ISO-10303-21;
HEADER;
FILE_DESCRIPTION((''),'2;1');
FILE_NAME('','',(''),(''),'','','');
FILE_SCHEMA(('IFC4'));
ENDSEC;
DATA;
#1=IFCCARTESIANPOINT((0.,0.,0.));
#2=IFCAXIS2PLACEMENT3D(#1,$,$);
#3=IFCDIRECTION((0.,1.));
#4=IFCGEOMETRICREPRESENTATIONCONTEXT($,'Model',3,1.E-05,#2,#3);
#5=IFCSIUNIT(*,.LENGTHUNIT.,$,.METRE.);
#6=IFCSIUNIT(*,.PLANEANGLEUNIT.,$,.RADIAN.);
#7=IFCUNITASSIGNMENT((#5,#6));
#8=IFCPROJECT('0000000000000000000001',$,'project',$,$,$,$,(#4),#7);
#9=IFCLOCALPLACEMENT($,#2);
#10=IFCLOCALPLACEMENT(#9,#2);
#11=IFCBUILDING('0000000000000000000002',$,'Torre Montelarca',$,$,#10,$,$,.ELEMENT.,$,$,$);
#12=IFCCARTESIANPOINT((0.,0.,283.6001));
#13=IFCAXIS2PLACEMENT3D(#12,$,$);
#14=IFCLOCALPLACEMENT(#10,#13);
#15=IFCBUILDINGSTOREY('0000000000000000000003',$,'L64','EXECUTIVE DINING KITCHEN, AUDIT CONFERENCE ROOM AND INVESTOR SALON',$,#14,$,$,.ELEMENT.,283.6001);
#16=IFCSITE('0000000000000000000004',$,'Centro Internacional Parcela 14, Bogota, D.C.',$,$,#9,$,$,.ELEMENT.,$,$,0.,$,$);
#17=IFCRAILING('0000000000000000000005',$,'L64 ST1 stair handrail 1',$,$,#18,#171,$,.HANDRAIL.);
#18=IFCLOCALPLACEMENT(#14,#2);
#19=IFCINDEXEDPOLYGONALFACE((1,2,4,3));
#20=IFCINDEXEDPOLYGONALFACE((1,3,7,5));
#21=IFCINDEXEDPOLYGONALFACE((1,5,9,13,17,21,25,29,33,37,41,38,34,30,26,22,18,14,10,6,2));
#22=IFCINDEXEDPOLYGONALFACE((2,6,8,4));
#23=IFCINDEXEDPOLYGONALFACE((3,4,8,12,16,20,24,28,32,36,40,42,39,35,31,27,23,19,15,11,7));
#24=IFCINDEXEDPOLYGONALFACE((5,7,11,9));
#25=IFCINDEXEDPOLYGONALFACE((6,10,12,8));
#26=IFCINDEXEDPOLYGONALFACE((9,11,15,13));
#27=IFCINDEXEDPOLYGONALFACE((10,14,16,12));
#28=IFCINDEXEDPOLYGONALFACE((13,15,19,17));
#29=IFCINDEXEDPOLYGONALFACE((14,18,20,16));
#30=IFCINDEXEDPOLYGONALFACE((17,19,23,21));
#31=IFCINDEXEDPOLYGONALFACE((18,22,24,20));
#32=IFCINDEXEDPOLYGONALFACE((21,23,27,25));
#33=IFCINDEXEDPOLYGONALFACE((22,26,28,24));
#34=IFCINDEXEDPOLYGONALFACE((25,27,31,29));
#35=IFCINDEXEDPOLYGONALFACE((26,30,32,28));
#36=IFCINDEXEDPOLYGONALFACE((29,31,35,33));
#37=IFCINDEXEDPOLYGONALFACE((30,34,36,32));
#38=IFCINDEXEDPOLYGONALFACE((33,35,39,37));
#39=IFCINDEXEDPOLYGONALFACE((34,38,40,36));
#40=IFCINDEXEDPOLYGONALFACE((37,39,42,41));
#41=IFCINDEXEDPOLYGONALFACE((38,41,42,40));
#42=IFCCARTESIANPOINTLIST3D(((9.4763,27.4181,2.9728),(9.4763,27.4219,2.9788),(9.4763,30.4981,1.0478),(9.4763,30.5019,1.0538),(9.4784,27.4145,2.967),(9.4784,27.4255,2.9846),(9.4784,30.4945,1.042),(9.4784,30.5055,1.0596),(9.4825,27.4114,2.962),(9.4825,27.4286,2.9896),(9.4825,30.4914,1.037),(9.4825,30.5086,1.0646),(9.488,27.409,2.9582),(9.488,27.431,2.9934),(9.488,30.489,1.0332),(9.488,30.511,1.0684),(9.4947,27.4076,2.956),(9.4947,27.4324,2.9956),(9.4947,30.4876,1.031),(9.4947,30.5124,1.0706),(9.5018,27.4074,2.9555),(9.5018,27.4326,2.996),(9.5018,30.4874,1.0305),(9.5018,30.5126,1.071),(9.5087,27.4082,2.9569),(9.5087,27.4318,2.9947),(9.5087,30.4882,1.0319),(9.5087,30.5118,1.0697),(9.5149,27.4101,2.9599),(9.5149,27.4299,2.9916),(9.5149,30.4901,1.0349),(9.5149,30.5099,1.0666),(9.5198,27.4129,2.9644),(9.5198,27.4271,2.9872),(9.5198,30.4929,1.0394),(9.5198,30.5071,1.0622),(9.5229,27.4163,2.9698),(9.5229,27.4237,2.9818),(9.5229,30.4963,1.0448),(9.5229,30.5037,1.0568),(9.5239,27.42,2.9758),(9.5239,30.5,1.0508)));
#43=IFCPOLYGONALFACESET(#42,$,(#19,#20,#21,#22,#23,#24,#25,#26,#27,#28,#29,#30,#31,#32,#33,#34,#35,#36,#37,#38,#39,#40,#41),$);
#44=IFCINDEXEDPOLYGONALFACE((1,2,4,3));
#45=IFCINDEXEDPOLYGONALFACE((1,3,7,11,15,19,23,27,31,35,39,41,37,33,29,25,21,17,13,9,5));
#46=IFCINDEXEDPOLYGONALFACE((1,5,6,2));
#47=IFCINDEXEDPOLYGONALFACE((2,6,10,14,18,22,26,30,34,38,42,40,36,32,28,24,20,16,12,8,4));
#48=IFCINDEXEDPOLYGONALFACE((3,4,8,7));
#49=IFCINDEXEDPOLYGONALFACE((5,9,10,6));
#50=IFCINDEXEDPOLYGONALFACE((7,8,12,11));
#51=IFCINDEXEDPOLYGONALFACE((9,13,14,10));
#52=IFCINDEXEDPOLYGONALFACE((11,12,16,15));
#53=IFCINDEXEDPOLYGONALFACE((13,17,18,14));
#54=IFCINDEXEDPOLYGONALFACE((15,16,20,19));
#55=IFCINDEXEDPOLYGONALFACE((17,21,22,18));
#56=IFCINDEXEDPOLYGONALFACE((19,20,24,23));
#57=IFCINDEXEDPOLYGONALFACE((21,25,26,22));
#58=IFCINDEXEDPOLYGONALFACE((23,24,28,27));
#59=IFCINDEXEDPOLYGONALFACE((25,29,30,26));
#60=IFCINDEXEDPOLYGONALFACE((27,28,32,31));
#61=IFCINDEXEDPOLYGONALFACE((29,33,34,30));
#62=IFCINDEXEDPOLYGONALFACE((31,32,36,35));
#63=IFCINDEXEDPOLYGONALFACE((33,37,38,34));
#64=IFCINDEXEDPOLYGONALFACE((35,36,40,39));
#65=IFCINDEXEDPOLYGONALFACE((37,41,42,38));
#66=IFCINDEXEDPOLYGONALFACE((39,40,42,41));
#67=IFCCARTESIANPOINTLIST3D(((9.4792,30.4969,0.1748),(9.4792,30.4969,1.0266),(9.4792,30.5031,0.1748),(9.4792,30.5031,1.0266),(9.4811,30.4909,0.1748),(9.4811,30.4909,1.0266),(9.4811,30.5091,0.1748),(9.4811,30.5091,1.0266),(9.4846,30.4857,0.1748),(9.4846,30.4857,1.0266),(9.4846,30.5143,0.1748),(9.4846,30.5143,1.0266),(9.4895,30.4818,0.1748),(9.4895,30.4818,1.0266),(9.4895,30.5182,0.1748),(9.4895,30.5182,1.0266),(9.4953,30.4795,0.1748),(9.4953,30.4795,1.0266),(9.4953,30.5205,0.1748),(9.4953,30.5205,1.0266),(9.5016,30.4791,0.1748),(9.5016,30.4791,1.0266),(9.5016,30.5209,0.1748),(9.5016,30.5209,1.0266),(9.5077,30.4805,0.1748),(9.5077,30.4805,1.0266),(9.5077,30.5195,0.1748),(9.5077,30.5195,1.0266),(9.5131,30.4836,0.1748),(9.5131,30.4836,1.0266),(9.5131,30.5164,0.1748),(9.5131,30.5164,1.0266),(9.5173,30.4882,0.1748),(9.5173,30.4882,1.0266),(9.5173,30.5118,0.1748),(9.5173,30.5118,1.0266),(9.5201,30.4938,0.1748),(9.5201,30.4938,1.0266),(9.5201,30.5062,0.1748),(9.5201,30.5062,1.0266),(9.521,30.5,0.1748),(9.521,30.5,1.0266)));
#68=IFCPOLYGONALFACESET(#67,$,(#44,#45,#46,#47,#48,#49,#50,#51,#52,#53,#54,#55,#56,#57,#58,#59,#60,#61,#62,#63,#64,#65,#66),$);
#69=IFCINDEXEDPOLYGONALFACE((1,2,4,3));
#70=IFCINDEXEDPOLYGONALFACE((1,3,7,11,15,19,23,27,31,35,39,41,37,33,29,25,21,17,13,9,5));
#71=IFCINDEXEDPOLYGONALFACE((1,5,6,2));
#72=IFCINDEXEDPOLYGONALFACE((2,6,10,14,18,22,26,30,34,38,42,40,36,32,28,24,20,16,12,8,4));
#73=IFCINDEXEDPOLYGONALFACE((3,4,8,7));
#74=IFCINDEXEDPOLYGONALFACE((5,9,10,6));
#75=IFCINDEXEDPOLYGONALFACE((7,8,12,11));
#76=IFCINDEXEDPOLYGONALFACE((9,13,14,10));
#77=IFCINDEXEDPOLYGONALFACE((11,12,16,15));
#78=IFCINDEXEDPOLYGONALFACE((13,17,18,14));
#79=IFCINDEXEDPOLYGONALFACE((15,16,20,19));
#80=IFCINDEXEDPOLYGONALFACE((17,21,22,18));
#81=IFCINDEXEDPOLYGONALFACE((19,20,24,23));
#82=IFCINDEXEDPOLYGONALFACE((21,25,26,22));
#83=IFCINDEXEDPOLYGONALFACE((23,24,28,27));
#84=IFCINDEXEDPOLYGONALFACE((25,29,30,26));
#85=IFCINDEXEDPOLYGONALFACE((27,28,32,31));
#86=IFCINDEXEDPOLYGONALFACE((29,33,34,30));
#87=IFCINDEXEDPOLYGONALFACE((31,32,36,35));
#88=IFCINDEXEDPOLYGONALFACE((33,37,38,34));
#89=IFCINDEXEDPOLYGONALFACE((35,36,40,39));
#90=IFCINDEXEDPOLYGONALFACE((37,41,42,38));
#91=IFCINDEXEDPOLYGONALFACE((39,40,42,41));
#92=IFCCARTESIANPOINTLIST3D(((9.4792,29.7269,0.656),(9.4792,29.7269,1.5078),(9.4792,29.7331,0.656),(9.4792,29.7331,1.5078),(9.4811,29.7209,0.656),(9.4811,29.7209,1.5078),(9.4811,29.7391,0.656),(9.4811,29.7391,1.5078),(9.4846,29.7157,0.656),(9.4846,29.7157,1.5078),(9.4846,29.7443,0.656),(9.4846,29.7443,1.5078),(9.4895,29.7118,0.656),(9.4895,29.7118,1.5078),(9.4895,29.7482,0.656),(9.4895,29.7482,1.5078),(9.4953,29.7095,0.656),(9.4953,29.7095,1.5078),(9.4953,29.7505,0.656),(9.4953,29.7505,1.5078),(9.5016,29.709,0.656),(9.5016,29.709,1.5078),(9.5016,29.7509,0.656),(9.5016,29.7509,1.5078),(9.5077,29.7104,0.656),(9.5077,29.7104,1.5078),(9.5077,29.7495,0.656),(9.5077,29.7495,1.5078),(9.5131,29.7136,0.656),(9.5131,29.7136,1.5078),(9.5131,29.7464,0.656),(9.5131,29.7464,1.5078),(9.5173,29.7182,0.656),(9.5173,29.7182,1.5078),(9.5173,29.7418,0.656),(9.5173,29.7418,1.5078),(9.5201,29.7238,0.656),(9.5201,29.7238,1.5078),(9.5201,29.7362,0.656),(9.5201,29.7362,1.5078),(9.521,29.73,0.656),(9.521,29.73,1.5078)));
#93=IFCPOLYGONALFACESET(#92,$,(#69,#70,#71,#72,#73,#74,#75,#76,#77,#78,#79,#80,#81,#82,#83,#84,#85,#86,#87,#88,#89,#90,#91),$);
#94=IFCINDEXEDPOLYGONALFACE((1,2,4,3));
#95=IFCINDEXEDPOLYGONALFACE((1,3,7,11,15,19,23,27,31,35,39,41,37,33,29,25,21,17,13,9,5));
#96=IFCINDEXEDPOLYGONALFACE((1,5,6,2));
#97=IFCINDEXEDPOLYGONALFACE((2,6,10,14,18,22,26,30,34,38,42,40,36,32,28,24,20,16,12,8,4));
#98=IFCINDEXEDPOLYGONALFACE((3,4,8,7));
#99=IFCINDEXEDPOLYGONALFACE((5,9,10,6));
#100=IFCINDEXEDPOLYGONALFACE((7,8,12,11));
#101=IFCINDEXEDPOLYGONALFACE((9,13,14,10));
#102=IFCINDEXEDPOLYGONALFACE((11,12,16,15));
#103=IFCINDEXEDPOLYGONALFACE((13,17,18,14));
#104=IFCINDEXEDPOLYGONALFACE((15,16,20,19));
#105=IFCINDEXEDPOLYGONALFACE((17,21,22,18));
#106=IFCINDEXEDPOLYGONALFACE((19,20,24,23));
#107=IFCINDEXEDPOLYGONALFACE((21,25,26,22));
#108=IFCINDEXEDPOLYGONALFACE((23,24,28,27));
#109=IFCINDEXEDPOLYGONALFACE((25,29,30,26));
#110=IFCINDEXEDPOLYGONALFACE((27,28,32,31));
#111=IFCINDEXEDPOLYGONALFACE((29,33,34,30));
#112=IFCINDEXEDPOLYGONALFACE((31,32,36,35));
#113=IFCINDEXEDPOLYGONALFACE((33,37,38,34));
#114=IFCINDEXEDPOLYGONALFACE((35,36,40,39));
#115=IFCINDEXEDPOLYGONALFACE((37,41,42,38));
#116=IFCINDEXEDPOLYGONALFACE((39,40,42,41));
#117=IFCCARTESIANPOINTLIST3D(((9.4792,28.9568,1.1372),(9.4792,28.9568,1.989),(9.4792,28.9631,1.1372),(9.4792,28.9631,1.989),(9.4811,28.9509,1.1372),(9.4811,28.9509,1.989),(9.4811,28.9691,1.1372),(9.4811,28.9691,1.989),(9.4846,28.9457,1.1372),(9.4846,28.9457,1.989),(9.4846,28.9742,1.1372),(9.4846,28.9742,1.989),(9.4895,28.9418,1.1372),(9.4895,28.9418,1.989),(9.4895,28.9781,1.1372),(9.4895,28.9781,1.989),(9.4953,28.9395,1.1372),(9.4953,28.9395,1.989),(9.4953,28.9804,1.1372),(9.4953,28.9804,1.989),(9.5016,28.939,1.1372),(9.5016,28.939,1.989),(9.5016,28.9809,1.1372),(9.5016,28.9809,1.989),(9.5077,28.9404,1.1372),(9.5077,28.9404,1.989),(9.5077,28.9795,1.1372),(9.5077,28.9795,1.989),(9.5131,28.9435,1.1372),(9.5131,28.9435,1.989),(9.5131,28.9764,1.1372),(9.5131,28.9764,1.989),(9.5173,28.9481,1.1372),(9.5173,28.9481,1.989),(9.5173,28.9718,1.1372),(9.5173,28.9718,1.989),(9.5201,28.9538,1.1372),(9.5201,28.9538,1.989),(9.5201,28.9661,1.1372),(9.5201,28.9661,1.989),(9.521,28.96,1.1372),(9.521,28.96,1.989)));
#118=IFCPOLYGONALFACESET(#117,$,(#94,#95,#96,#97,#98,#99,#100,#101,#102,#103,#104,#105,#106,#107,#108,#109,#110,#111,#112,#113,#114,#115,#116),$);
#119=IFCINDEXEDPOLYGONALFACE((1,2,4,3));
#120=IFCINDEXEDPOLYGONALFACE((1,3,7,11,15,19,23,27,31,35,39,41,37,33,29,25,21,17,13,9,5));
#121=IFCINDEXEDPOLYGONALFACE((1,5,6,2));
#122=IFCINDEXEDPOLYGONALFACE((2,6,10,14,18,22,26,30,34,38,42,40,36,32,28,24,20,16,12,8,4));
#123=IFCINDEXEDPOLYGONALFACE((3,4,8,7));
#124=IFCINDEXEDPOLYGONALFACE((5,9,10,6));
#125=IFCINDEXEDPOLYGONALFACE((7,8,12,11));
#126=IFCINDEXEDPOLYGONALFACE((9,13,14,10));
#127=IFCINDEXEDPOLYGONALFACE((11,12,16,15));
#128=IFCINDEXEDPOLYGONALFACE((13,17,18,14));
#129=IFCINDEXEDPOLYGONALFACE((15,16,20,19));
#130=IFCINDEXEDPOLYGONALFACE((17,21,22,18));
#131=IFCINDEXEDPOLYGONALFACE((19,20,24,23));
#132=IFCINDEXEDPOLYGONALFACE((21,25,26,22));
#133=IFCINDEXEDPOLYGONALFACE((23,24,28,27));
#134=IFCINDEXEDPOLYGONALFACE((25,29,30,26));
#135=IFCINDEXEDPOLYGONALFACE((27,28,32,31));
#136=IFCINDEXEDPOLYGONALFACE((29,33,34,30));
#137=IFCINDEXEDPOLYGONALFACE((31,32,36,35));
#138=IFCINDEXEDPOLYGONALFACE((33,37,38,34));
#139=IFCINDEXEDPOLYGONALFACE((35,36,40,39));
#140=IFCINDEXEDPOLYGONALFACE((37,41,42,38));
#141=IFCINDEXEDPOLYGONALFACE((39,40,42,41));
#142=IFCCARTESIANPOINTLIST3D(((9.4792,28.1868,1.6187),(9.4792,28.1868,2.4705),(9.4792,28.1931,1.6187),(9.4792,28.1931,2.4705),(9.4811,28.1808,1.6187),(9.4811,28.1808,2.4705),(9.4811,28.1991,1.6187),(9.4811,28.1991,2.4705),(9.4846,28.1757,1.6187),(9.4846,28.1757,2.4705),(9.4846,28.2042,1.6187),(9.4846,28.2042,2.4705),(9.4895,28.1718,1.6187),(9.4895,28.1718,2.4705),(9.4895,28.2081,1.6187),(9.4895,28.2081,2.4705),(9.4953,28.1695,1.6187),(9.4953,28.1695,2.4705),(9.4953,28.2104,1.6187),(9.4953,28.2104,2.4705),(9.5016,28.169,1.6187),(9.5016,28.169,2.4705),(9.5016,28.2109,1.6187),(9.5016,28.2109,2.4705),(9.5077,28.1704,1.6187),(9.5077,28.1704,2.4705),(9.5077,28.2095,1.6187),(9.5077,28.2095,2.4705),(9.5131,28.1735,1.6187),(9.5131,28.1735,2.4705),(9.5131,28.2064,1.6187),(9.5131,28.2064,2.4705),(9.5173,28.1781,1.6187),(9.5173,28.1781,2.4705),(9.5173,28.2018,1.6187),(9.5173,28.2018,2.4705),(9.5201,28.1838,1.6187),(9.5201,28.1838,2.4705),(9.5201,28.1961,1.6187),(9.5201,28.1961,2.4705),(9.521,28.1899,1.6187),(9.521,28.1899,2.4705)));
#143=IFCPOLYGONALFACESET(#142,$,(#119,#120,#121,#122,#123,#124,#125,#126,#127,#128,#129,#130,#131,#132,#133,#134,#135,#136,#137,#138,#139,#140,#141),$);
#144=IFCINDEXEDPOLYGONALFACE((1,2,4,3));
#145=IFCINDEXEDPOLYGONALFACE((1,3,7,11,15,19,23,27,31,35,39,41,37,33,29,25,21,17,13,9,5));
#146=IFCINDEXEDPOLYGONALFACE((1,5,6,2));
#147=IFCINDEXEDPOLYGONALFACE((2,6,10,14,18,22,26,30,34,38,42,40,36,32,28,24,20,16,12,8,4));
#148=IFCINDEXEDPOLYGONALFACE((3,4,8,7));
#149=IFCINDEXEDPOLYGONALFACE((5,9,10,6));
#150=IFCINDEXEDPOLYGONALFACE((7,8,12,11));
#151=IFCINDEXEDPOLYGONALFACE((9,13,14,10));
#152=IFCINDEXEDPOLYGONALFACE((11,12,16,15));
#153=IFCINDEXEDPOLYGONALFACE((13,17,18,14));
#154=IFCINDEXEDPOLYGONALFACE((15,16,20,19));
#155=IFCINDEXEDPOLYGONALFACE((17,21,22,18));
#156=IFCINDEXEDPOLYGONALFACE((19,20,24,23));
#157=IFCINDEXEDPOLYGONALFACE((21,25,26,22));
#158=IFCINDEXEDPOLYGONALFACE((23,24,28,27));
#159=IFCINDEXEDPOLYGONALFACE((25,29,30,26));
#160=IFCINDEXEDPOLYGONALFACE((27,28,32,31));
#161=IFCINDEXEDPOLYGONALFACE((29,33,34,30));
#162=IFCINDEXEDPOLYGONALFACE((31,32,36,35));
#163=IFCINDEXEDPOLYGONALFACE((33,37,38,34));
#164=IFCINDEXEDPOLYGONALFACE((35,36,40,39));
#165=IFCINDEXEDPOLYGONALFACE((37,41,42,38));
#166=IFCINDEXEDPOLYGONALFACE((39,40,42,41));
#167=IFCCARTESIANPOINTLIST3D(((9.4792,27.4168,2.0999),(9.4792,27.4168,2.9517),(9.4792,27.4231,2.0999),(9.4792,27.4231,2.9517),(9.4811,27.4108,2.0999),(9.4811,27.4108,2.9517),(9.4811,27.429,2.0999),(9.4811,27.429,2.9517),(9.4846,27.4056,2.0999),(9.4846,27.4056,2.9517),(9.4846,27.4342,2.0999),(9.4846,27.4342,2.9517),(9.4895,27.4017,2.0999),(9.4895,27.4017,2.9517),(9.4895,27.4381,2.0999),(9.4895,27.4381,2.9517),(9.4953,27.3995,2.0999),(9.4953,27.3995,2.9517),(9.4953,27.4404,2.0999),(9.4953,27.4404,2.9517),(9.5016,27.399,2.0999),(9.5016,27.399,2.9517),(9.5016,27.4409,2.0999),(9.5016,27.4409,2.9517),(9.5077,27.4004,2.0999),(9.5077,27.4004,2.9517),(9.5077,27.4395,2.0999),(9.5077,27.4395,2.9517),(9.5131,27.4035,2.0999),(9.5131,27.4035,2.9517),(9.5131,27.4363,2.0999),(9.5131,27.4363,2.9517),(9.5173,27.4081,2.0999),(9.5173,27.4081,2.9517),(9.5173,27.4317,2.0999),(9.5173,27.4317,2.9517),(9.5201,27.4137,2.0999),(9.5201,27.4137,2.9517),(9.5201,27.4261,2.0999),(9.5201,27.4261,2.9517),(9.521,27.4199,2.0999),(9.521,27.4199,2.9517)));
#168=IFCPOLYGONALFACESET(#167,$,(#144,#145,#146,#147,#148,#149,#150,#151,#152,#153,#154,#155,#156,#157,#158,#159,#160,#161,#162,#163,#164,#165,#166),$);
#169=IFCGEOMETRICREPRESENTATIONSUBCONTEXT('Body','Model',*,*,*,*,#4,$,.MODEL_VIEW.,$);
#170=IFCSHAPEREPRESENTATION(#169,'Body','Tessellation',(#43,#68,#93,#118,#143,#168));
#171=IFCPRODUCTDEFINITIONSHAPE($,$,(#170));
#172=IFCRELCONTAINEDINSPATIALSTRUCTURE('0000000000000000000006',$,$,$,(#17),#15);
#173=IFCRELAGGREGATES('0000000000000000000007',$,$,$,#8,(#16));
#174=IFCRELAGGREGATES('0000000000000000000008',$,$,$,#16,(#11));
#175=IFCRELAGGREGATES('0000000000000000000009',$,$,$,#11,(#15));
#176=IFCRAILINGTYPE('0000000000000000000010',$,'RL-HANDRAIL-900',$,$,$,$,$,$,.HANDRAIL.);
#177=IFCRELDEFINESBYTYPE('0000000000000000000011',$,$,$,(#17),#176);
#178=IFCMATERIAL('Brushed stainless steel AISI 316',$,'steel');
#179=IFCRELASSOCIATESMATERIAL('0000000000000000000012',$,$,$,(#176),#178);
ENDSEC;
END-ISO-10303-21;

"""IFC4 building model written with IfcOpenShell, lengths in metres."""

from ifc_helpers import new_model, si_unit, direction, frame, origin, origin_2d, place, context, subcontext, project, spatial, circle, extrude, material, type_object, element, save


model = new_model("IFC4")

# Units and contexts
model_context = context("Model", 3, precision=1e-05, world=origin(), true_north=direction((0.0, 1.0)))
body_context = subcontext(model_context, "Body", "Model", "MODEL_VIEW")
ifc_project = project(units=[si_unit("LENGTHUNIT", "METRE"), si_unit("PLANEANGLEUNIT", "RADIAN")], contexts=[model_context])

# Site, building, storey
site_placement = place(None, origin())
site = spatial("IfcSite", under=ifc_project, at=site_placement, Name="Centro Internacional Parcela 14, Bogota, D.C.", CompositionType="ELEMENT", RefElevation=0.0)
building_placement = place(site_placement, origin())
building = spatial("IfcBuilding", under=site, at=building_placement, Name="Torre Montelarca", CompositionType="ELEMENT")
storey_placement = place(building_placement, frame((0.0, 0.0, 283.6001)))
storey = spatial("IfcBuildingStorey", under=building, at=storey_placement, Name="L64", Description="EXECUTIVE DINING KITCHEN, AUDIT CONFERENCE ROOM AND INVESTOR SALON", CompositionType="ELEMENT", Elevation=283.6001)

# Shared definitions
ifc_material_1 = material(Name="Brushed stainless steel AISI 316", Category="steel")

# Railing
railing_type_1 = type_object("IfcRailingType", Name="RL-HANDRAIL-900", PredefinedType="HANDRAIL", material=ifc_material_1)
railing_1_placement = place(storey_placement, frame((9.5, 30.5, 0.1748)))
element("IfcRailing", 1, at=railing_1_placement, inside=storey, type_object=railing_type_1, Name="L64 ST1 stair handrail 1", PredefinedType="HANDRAIL", context=body_context, shape_type="SweptSolid", body=[
    extrude(circle(Radius=0.0239, at=origin_2d()), frame((0.0, 0.0, 0.876), z_axis=(0.0, -0.847998, 0.529999), x_axis=(1.0, 0.0, 0.0)), (0.0, 0.0, 1.0), 3.6321),
    extrude(circle(Radius=0.021, at=origin_2d()), origin(), (0.0, 0.0, 1.0), 0.8518),
    extrude(circle(Radius=0.021, at=origin_2d()), frame((0.0, -0.77, 0.4812)), (0.0, 0.0, 1.0), 0.8518),
    extrude(circle(Radius=0.021, at=origin_2d()), frame((0.0, -1.54, 0.9624)), (0.0, 0.0, 1.0), 0.8518),
    extrude(circle(Radius=0.021, at=origin_2d()), frame((0.0, -2.3101, 1.4438)), (0.0, 0.0, 1.0), 0.8518),
    extrude(circle(Radius=0.021, at=origin_2d()), frame((0.0, -3.0801, 1.925)), (0.0, 0.0, 1.0), 0.8518),
])

save(model, "model.ifc")
